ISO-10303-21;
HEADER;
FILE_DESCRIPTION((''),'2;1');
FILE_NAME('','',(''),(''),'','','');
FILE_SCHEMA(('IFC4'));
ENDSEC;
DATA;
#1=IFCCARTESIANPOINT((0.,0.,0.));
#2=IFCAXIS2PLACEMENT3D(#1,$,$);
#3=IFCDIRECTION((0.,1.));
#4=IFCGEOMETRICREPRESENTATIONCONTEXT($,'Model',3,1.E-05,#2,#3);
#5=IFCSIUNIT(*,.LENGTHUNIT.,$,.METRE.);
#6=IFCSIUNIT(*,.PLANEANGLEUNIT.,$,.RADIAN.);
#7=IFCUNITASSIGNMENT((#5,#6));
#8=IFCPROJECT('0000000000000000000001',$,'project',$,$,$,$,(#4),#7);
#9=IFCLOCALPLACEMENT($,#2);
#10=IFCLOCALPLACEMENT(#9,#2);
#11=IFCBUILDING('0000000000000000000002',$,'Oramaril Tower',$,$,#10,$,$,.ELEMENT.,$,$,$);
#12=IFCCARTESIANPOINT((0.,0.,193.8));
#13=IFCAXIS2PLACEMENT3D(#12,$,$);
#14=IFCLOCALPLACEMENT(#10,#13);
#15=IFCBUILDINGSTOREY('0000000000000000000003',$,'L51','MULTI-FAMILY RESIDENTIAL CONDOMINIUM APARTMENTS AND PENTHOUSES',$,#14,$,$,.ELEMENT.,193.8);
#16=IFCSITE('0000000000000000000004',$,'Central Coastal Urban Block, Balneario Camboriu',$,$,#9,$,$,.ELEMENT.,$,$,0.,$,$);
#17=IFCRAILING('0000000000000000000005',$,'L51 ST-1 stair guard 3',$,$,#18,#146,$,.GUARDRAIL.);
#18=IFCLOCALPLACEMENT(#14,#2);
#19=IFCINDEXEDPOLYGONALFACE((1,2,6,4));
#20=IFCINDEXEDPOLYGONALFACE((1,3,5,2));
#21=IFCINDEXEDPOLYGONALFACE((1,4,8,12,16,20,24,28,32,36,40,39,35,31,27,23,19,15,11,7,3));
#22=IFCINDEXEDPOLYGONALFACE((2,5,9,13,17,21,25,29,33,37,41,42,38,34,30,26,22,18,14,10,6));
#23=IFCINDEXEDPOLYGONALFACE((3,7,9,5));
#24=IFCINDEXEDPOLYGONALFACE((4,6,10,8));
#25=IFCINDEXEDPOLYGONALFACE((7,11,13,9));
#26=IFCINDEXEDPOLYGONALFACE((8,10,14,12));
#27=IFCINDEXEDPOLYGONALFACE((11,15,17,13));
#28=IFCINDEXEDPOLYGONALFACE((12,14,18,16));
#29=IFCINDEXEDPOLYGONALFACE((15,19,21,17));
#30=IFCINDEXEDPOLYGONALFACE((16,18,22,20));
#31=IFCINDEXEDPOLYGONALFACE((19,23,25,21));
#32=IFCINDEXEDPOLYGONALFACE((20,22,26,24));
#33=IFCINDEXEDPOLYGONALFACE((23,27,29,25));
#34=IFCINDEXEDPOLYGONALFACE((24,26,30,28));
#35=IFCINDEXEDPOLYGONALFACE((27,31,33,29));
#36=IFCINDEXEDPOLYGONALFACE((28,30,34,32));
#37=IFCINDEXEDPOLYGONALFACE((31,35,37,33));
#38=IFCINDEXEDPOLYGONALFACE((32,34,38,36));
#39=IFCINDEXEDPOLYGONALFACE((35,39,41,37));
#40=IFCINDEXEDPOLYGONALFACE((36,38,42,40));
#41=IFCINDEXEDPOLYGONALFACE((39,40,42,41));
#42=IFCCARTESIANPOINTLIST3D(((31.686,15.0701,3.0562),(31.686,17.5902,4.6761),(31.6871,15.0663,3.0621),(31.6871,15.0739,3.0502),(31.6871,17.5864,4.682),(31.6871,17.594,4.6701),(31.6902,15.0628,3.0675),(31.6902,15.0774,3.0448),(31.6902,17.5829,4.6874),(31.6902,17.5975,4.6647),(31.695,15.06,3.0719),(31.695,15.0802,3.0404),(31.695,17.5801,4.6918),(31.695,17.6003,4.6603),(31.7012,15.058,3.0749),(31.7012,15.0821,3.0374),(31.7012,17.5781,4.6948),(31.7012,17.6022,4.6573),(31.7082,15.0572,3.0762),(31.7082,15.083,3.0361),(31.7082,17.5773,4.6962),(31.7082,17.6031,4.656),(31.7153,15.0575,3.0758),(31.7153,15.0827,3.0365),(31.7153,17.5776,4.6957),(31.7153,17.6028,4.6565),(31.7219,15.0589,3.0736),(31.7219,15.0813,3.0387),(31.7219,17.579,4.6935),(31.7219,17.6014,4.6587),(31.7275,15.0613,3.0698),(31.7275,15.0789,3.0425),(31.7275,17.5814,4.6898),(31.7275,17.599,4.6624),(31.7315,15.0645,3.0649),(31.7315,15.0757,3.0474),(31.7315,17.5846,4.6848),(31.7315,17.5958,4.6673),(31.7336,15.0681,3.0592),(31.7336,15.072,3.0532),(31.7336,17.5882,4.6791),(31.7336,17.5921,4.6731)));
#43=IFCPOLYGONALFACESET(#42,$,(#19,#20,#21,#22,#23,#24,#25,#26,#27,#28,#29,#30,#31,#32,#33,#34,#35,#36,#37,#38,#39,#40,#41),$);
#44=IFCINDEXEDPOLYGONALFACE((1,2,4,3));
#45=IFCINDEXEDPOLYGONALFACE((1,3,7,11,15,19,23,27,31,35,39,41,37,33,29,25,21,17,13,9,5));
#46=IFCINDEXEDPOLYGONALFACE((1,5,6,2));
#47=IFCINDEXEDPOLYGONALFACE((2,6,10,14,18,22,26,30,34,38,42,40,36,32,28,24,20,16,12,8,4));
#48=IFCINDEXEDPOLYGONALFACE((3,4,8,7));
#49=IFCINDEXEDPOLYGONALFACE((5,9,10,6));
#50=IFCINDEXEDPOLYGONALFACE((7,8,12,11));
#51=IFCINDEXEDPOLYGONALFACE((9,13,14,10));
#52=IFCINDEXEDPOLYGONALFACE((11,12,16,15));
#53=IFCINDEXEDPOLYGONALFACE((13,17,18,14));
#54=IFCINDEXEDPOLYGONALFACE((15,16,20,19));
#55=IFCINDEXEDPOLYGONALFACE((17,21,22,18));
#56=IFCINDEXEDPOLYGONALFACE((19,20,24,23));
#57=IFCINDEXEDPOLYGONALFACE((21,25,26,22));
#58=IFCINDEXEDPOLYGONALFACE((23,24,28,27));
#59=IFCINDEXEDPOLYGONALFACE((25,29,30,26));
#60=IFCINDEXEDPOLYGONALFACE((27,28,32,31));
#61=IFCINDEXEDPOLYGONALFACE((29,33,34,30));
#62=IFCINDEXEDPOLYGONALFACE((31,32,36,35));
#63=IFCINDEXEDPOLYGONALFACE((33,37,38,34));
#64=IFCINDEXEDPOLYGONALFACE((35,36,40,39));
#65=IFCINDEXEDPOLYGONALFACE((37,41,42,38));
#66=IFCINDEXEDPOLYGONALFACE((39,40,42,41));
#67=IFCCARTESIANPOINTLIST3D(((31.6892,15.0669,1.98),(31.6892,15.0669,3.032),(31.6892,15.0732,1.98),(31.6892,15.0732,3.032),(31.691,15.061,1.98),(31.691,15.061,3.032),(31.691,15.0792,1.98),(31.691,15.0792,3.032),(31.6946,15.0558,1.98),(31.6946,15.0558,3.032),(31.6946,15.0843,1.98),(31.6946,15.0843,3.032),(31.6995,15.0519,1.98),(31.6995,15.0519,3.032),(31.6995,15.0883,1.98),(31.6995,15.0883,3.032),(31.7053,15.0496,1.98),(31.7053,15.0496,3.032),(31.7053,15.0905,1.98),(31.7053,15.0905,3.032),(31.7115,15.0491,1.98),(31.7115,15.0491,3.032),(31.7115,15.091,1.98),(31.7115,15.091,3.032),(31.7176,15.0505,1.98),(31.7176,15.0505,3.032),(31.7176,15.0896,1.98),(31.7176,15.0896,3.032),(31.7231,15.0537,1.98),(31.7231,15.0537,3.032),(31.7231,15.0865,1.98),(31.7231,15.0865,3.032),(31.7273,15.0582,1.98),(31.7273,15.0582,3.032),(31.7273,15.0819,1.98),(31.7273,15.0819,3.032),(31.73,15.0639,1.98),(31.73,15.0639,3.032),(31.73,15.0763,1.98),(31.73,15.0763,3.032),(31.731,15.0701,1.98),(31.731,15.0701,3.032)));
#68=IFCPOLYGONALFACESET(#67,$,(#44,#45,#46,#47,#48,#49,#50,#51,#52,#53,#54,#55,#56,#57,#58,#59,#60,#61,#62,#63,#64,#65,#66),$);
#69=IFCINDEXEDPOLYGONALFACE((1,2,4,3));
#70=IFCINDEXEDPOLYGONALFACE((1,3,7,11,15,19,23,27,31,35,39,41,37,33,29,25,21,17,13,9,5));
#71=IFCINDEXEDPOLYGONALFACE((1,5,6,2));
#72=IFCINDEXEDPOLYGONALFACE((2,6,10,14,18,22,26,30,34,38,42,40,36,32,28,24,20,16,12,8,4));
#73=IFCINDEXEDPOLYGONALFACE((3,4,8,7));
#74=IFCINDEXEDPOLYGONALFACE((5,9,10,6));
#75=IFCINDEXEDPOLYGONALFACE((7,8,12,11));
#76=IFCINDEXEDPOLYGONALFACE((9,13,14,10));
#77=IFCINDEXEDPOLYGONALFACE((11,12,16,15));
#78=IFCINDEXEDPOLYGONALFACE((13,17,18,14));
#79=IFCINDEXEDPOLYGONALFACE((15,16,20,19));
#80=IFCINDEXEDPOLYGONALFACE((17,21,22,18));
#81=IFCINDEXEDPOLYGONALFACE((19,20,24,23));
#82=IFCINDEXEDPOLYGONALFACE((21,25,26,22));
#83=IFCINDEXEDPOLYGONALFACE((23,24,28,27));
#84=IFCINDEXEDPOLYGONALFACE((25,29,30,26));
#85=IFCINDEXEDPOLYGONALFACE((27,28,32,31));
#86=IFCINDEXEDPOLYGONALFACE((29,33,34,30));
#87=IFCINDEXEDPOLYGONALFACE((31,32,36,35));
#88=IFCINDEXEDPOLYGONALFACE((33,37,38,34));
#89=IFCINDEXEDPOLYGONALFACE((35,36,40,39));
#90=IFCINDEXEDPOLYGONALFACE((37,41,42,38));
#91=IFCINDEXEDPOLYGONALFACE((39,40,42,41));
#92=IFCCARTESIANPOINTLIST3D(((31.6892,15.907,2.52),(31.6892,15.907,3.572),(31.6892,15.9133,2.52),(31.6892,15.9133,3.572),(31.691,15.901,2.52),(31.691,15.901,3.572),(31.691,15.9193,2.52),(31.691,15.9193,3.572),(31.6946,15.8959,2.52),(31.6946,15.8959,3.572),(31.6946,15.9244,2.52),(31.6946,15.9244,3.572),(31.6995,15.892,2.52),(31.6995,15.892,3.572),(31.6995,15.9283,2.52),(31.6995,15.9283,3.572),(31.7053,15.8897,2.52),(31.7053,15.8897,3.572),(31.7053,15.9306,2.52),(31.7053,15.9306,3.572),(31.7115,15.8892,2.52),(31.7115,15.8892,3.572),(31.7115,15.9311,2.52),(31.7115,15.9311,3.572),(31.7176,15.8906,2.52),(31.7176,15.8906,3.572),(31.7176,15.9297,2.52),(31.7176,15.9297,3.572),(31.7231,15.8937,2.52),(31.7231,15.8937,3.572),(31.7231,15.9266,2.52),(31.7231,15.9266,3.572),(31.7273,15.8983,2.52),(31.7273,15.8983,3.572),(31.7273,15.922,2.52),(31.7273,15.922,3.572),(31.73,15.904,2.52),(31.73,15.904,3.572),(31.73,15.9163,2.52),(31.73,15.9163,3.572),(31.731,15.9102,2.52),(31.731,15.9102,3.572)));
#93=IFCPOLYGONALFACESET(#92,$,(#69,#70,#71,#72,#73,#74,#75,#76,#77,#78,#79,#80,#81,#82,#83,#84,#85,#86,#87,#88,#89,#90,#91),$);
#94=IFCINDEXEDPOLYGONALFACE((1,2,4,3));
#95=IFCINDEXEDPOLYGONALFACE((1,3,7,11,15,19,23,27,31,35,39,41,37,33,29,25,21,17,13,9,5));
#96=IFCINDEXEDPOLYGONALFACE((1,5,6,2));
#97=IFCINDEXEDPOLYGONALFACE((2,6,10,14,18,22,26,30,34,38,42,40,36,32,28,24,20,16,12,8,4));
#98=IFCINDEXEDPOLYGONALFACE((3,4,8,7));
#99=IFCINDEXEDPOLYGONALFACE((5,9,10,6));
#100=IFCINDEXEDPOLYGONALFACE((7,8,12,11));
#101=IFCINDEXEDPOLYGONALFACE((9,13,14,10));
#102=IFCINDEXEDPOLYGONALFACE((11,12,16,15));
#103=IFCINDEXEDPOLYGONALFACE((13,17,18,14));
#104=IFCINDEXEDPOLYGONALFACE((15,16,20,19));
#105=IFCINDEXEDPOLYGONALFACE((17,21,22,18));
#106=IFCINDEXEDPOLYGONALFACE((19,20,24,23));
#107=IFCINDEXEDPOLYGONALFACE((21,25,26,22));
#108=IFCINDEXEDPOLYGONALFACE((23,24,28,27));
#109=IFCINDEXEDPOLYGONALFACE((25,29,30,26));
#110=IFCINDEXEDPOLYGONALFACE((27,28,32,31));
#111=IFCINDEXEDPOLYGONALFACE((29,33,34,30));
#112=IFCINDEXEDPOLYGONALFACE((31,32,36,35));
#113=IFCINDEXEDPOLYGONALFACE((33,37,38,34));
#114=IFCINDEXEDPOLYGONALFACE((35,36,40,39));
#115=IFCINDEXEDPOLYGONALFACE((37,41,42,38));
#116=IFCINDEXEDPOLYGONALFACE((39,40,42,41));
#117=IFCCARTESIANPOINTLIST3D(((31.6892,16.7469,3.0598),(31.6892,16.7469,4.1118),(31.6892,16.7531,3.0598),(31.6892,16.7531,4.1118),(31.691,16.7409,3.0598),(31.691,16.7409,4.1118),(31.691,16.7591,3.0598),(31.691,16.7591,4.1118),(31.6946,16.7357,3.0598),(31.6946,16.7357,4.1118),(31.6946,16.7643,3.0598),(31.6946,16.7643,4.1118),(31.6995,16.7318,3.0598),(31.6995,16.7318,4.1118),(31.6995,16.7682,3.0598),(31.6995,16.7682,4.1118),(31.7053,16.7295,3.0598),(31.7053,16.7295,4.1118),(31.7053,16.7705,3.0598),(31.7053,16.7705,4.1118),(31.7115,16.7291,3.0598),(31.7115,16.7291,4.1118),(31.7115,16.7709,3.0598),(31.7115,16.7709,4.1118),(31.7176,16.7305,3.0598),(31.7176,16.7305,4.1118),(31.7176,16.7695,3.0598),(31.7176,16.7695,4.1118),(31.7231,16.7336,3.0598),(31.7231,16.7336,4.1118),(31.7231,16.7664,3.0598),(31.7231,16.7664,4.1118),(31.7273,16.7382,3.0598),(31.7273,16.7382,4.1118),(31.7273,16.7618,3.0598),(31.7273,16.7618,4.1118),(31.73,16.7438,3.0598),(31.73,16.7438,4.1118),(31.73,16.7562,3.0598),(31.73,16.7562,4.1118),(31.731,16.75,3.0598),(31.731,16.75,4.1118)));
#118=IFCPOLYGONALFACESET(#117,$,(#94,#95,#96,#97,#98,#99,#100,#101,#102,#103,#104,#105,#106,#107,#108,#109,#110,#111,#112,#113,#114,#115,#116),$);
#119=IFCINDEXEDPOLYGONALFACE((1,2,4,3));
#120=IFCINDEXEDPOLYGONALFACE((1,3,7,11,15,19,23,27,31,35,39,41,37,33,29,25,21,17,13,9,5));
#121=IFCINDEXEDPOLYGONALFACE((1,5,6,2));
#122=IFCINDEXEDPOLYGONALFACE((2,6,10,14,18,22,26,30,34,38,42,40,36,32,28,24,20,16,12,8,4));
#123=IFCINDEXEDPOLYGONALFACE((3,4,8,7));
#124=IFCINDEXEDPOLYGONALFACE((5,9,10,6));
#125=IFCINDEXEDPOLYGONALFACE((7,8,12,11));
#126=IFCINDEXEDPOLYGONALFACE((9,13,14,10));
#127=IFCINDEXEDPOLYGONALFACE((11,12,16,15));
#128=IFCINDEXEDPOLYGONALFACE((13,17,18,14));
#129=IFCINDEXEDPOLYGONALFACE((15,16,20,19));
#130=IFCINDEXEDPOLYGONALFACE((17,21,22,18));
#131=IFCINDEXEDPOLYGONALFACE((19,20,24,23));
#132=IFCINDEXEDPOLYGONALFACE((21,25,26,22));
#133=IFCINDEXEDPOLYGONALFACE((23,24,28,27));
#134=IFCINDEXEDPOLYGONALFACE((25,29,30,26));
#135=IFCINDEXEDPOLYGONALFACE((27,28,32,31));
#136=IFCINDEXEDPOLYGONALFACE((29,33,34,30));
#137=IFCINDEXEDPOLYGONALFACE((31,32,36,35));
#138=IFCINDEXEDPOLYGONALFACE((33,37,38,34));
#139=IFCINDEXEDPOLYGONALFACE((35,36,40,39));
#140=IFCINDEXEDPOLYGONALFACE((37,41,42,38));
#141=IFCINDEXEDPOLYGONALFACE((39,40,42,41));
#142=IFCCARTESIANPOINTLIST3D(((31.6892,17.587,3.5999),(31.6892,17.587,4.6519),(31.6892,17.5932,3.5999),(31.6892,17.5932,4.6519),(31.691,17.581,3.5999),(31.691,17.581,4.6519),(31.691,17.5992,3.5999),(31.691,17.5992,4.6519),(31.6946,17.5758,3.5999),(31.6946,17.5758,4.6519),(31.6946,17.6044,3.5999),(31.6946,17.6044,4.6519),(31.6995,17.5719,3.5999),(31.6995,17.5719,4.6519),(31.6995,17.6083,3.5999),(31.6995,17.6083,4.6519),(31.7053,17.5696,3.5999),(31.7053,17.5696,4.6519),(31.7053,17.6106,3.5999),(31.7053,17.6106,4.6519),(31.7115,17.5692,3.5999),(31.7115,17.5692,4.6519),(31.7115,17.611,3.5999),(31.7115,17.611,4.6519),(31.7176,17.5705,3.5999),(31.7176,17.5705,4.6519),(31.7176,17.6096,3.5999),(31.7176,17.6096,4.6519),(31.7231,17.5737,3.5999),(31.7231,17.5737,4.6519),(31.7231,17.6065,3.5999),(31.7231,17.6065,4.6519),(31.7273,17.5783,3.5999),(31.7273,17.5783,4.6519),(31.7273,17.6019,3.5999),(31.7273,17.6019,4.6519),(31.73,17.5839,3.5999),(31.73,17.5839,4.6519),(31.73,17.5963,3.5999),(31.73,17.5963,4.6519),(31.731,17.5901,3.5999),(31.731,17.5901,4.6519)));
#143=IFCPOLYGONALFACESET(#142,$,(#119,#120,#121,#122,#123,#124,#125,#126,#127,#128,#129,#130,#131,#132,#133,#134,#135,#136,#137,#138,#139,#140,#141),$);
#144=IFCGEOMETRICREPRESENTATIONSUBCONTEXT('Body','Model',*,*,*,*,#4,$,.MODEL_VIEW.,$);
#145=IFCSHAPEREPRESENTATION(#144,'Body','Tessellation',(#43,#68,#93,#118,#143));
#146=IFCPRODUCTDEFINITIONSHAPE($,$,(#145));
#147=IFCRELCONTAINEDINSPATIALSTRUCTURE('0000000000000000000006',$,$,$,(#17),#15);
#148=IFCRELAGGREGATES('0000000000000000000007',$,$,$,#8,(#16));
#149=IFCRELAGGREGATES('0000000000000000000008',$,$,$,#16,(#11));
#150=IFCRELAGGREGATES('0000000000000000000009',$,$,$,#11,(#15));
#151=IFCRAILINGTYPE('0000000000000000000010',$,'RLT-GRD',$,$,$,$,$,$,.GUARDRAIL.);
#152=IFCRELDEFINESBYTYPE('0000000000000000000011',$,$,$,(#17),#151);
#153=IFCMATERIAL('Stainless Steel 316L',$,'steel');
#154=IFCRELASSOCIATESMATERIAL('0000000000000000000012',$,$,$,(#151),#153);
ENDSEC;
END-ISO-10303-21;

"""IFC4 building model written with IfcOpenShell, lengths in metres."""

from ifc_helpers import new_model, si_unit, direction, frame, origin, origin_2d, place, context, subcontext, project, spatial, circle, extrude, material, type_object, element, save


model = new_model("IFC4")

# Units and contexts
model_context = context("Model", 3, precision=1e-05, world=origin(), true_north=direction((0.0, 1.0)))
body_context = subcontext(model_context, "Body", "Model", "MODEL_VIEW")
ifc_project = project(units=[si_unit("LENGTHUNIT", "METRE"), si_unit("PLANEANGLEUNIT", "RADIAN")], contexts=[model_context])

# Site, building, storey
site_placement = place(None, origin())
site = spatial("IfcSite", under=ifc_project, at=site_placement, Name="Central Coastal Urban Block, Balneario Camboriu", CompositionType="ELEMENT", RefElevation=0.0)
building_placement = place(site_placement, origin())
building = spatial("IfcBuilding", under=site, at=building_placement, Name="Oramaril Tower", CompositionType="ELEMENT")
storey_placement = place(building_placement, frame((0.0, 0.0, 193.8)))
storey = spatial("IfcBuildingStorey", under=building, at=storey_placement, Name="L51", Description="MULTI-FAMILY RESIDENTIAL CONDOMINIUM APARTMENTS AND PENTHOUSES", CompositionType="ELEMENT", Elevation=193.8)

# Railing
ifc_material_1 = material(Name="Stainless Steel 316L", Category="steel")
railing_type_1 = type_object("IfcRailingType", Name="RLT-GRD", PredefinedType="GUARDRAIL", material=ifc_material_1)
railing_1_placement = place(storey_placement, frame((31.71, 15.0701, 1.98)))
element("IfcRailing", 1, at=railing_1_placement, inside=storey, type_object=railing_type_1, Name="L51 ST-1 stair guard 3", PredefinedType="GUARDRAIL", context=body_context, shape_type="SweptSolid", body=[
    extrude(circle(Radius=0.0239, at=origin_2d()), frame((0.0, 0.0, 1.0762), z_axis=(0.0, 0.8412, 0.540725), x_axis=(-1.0, 0.0, 0.0)), (0.0, 0.0, 1.0), 2.9958),
    extrude(circle(Radius=0.021, at=origin_2d()), origin(), (0.0, 0.0, 1.0), 1.052),
    extrude(circle(Radius=0.021, at=origin_2d()), frame((0.0, 0.8401, 0.54)), (0.0, 0.0, 1.0), 1.052),
    extrude(circle(Radius=0.021, at=origin_2d()), frame((0.0, 1.6799, 1.0798)), (0.0, 0.0, 1.0), 1.052),
    extrude(circle(Radius=0.021, at=origin_2d()), frame((0.0, 2.52, 1.6199)), (0.0, 0.0, 1.0), 1.052),
])

save(model, "model.ifc")
